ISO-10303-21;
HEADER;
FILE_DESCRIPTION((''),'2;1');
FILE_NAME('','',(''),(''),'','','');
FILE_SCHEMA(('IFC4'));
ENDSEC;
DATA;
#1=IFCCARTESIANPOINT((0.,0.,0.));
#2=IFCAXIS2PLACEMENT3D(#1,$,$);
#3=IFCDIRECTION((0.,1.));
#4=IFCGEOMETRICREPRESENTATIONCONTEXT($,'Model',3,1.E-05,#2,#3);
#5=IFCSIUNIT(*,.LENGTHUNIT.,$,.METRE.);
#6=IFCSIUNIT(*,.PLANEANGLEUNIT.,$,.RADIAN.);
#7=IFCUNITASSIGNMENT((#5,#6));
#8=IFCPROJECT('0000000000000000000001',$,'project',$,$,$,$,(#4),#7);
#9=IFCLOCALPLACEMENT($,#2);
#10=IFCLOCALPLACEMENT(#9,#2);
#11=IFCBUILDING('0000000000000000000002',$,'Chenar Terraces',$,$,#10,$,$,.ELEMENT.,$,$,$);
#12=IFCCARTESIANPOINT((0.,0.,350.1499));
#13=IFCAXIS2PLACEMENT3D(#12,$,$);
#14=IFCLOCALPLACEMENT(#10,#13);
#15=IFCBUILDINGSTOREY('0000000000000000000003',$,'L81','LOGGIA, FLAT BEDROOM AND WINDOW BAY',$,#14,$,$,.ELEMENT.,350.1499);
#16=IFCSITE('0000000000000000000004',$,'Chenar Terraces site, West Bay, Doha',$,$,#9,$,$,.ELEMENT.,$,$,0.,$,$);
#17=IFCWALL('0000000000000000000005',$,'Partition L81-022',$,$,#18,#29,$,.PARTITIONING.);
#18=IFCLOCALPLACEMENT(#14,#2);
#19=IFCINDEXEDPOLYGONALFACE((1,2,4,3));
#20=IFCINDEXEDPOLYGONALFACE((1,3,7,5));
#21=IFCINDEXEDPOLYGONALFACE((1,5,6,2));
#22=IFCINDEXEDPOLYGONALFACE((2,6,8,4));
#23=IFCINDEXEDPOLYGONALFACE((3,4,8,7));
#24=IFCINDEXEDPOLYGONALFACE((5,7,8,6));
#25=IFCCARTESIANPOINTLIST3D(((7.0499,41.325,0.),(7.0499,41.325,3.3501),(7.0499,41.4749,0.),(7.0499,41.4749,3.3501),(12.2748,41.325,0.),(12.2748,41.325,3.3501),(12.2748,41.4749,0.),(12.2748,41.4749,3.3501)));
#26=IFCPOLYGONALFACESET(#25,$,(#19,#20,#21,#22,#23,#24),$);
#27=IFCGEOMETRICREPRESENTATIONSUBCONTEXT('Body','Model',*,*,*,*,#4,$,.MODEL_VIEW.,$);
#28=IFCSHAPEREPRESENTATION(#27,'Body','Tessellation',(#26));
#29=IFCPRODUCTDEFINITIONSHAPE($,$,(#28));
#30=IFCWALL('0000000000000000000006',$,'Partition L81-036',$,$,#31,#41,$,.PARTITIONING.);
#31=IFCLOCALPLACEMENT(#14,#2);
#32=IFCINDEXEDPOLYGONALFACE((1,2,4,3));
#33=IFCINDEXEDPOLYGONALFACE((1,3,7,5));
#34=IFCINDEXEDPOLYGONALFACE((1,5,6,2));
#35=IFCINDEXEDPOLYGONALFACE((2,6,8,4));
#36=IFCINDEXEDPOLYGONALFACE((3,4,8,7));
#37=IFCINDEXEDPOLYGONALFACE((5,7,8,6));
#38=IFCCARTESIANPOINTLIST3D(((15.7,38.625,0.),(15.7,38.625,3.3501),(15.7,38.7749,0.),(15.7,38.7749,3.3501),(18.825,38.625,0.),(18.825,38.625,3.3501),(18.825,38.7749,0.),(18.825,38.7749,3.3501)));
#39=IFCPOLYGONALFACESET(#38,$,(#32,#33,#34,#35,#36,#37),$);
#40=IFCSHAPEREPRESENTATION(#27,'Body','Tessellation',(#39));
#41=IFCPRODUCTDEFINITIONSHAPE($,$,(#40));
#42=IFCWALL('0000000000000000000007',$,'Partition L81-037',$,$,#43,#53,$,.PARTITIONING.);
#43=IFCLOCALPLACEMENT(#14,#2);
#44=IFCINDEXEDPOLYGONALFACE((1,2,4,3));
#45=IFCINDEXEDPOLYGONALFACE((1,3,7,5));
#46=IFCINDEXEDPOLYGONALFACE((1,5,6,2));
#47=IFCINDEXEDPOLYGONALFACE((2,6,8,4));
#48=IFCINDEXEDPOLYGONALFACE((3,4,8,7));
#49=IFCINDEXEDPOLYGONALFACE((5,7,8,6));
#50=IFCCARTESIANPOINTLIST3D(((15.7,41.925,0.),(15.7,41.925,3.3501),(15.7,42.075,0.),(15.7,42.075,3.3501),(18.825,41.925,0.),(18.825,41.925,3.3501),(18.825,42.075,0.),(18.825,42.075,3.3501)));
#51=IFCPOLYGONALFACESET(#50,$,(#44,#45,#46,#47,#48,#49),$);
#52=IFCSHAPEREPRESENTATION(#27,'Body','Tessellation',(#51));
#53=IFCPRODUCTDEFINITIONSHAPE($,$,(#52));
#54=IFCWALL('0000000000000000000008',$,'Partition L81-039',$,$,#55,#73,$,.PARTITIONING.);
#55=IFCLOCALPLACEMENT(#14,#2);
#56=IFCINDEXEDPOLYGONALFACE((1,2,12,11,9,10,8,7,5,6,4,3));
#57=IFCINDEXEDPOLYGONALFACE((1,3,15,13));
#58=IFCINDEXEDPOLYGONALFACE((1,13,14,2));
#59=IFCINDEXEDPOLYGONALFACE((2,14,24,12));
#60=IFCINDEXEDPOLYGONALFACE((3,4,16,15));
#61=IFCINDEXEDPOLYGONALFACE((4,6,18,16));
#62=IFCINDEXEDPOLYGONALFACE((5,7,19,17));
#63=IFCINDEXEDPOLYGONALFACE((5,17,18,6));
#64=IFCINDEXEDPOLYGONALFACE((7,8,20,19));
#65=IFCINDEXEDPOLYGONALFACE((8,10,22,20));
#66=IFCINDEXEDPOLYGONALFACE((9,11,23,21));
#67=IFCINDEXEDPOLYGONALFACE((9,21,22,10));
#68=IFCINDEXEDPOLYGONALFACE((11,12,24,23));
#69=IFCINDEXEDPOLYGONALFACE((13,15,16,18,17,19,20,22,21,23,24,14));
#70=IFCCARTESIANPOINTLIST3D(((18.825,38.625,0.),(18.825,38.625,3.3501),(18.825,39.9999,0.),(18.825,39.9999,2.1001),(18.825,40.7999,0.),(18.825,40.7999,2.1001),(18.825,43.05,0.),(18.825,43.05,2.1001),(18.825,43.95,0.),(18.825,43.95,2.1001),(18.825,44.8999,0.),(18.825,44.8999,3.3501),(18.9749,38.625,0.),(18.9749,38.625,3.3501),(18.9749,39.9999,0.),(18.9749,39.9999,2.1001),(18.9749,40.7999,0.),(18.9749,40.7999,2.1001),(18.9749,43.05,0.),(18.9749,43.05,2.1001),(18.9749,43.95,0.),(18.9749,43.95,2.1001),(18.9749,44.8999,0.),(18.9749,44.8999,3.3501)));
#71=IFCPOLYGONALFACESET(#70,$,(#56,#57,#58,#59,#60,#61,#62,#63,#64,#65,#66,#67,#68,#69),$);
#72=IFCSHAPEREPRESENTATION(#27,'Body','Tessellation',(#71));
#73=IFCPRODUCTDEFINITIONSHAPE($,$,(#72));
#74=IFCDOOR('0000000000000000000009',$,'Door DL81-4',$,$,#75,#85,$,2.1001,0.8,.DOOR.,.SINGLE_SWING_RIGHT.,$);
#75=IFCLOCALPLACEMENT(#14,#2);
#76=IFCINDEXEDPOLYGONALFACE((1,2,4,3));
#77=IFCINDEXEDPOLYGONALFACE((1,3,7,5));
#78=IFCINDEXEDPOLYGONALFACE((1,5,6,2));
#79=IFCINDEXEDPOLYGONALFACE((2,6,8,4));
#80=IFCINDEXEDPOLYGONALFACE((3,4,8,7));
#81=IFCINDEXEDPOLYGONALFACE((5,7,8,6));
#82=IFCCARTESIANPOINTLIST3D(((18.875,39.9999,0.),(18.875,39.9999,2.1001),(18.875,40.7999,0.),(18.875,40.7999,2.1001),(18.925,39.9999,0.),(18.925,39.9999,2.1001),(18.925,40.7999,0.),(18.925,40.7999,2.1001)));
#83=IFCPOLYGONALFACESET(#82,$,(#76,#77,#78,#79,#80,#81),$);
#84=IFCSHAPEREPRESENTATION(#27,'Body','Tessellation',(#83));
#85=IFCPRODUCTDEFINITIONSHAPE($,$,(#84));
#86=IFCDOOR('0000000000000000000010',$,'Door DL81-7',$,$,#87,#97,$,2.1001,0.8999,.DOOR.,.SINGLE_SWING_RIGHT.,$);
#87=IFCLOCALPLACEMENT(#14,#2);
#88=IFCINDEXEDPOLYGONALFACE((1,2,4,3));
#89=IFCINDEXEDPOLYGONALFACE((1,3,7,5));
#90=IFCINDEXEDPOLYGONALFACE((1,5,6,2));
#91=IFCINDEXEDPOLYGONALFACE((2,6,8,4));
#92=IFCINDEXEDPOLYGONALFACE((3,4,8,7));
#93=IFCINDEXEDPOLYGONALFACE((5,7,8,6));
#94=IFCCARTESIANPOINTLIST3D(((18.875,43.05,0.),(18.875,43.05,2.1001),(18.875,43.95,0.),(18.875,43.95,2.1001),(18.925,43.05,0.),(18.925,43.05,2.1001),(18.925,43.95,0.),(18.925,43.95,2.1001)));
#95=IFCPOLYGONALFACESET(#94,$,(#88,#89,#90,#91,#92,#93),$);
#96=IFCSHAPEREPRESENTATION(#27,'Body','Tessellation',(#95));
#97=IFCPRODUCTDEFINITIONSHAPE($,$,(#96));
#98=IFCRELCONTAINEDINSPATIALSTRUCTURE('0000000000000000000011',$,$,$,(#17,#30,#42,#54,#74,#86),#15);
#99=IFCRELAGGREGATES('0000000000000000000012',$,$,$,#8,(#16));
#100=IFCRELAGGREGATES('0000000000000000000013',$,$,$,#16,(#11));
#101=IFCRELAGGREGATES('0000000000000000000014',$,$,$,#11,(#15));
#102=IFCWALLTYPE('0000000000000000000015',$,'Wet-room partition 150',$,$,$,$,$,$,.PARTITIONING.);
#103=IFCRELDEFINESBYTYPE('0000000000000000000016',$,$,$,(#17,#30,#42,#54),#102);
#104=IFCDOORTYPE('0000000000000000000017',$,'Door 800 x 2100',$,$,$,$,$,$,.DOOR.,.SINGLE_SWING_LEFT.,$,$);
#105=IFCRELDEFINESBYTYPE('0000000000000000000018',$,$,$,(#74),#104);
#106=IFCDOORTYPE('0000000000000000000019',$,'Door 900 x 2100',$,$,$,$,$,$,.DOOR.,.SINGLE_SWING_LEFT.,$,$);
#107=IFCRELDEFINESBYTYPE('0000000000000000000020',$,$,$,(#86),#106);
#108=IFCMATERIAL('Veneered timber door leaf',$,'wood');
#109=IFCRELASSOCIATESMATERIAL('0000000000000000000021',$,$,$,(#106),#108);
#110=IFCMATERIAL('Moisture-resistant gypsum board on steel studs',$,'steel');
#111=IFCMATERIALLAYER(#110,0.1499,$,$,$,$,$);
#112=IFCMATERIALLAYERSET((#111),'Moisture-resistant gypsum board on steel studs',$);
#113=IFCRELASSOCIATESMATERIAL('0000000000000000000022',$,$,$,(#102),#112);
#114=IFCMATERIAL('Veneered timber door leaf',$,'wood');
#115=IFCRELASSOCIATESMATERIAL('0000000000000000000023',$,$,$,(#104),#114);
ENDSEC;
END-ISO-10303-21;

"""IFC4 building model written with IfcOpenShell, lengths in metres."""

from ifc_helpers import new_model, si_unit, direction, frame, frame_2d, origin, place, context, subcontext, project, spatial, rectangle, extrude, material, layer, layer_set, type_object, element, fill, save


model = new_model("IFC4")

# Units and contexts
model_context = context("Model", 3, precision=1e-05, world=origin(), true_north=direction((0.0, 1.0)))
body_context = subcontext(model_context, "Body", "Model", "MODEL_VIEW")
ifc_project = project(units=[si_unit("LENGTHUNIT", "METRE"), si_unit("PLANEANGLEUNIT", "RADIAN")], contexts=[model_context])

# Site, building, storey
site_placement = place(None, origin())
site = spatial("IfcSite", under=ifc_project, at=site_placement, Name="Chenar Terraces site, West Bay, Doha", CompositionType="ELEMENT", RefElevation=0.0)
building_placement = place(site_placement, origin())
building = spatial("IfcBuilding", under=site, at=building_placement, Name="Chenar Terraces", CompositionType="ELEMENT")
storey_placement = place(building_placement, frame((0.0, 0.0, 350.1499)))
storey = spatial("IfcBuildingStorey", under=building, at=storey_placement, Name="L81", Description="LOGGIA, FLAT BEDROOM AND WINDOW BAY", CompositionType="ELEMENT", Elevation=350.1499)

# Shared definitions
ifc_material_1 = material(Name="Veneered timber door leaf", Category="wood")
door_type_1 = type_object("IfcDoorType", Name="Door 900 x 2100", OperationType="SINGLE_SWING_LEFT", PredefinedType="DOOR", material=ifc_material_1)

# Shared definitions
ifc_material_2 = material(Name="Moisture-resistant gypsum board on steel studs", Category="steel")
ifc_layer_1 = layer(ifc_material_2, 0.1499)
ifc_layer_set_1 = layer_set([ifc_layer_1], Name="Moisture-resistant gypsum board on steel studs")
wall_type_1 = type_object("IfcWallType", Name="Wet-room partition 150", PredefinedType="PARTITIONING", material=ifc_layer_set_1)

# Shared definitions
ifc_material_3 = material(Name="Veneered timber door leaf", Category="wood")
door_type_2 = type_object("IfcDoorType", Name="Door 800 x 2100", OperationType="SINGLE_SWING_LEFT", PredefinedType="DOOR", material=ifc_material_3)

# Walls
for number, where, z_axis, x_axis, name in (
    (1, (7.05, 41.3999, 0.0), (0.0, 0.0, 1.0), (1.0, 0.0, 0.0), "Partition L81-022"),
):
    element("IfcWall", number, at=place(storey_placement, frame(where, z_axis=z_axis, x_axis=x_axis)), inside=storey, type_object=wall_type_1, Name=name, PredefinedType="PARTITIONING", context=body_context, shape_type="SweptSolid", body=[
        extrude(rectangle(XDim=5.2249, YDim=0.1499, at=frame_2d((2.6123, 0.0))), origin(), (0.0, 0.0, 1.0), 3.3501),
    ])
for number, where, z_axis, x_axis, name in (
    (2, (15.7, 38.7, 0.0), (0.0, 0.0, 1.0), (1.0, 0.0, 0.0), "Partition L81-036"),
    (3, (15.7, 42.0, 0.0), (0.0, 0.0, 1.0), (1.0, 0.0, 0.0), "Partition L81-037"),
):
    element("IfcWall", number, at=place(storey_placement, frame(where, z_axis=z_axis, x_axis=x_axis)), inside=storey, type_object=wall_type_1, Name=name, PredefinedType="PARTITIONING", context=body_context, shape_type="SweptSolid", body=[
        extrude(rectangle(XDim=3.125, YDim=0.1499, at=frame_2d((1.5625, 0.0))), origin(), (0.0, 0.0, 1.0), 3.3501),
    ])

# Wall, openings, doors
wall_1_placement = place(storey_placement, frame((18.8999, 38.625, 0.0), z_axis=(0.0, 0.0, 1.0), x_axis=(0.0, 1.0, 0.0)))
wall_1 = element("IfcWall", 4, at=wall_1_placement, inside=storey, type_object=wall_type_1, Name="Partition L81-039", PredefinedType="PARTITIONING", context=body_context, shape_type="SweptSolid", body=[
    extrude(rectangle(XDim=6.2749, YDim=0.1499, at=frame_2d((3.1375, 0.0))), origin(), (0.0, 0.0, 1.0), 3.3501),
])
opening_1_placement = place(wall_1_placement, frame((1.375, 0.0, 0.0)))
opening_1 = element("IfcOpeningElement", 5, at=opening_1_placement, cuts=wall_1, PredefinedType="OPENING", context=body_context, shape_type="SweptSolid", body=[
    extrude(rectangle(XDim=0.8, YDim=2.1001, at=frame_2d((0.3999, 1.05))), frame((0.0, 0.085, 0.0), z_axis=(0.0, -1.0, 0.0), x_axis=(1.0, 0.0, 0.0)), (0.0, 0.0, 1.0), 0.1699),
])
opening_2_placement = place(wall_1_placement, frame((4.425, 0.0, 0.0)))
opening_2 = element("IfcOpeningElement", 6, at=opening_2_placement, cuts=wall_1, PredefinedType="OPENING", context=body_context, shape_type="SweptSolid", body=[
    extrude(rectangle(XDim=0.8999, YDim=2.1001, at=frame_2d((0.45, 1.05))), frame((0.0, 0.085, 0.0), z_axis=(0.0, -1.0, 0.0), x_axis=(1.0, 0.0, 0.0)), (0.0, 0.0, 1.0), 0.1699),
])
door_1_placement = place(opening_1_placement, origin())
door_1 = element("IfcDoor", 7, at=door_1_placement, inside=storey, type_object=door_type_2, Name="Door DL81-4", OperationType="SINGLE_SWING_RIGHT", OverallHeight=2.1001, OverallWidth=0.8, PredefinedType="DOOR", context=body_context, shape_type="SweptSolid", body=[
    extrude(rectangle(XDim=0.8, YDim=2.1001, at=frame_2d((0.3999, 1.05))), frame((0.0, 0.0249, 0.0), z_axis=(0.0, -1.0, 0.0), x_axis=(1.0, 0.0, 0.0)), (0.0, 0.0, 1.0), 0.05),
])
fill(opening_1, door_1)
door_2_placement = place(opening_2_placement, origin())
door_2 = element("IfcDoor", 8, at=door_2_placement, inside=storey, type_object=door_type_1, Name="Door DL81-7", OperationType="SINGLE_SWING_RIGHT", OverallHeight=2.1001, OverallWidth=0.8999, PredefinedType="DOOR", context=body_context, shape_type="SweptSolid", body=[
    extrude(rectangle(XDim=0.8999, YDim=2.1001, at=frame_2d((0.45, 1.05))), frame((0.0, 0.0249, 0.0), z_axis=(0.0, -1.0, 0.0), x_axis=(1.0, 0.0, 0.0)), (0.0, 0.0, 1.0), 0.05),
])
fill(opening_2, door_2)

save(model, "model.ifc")
